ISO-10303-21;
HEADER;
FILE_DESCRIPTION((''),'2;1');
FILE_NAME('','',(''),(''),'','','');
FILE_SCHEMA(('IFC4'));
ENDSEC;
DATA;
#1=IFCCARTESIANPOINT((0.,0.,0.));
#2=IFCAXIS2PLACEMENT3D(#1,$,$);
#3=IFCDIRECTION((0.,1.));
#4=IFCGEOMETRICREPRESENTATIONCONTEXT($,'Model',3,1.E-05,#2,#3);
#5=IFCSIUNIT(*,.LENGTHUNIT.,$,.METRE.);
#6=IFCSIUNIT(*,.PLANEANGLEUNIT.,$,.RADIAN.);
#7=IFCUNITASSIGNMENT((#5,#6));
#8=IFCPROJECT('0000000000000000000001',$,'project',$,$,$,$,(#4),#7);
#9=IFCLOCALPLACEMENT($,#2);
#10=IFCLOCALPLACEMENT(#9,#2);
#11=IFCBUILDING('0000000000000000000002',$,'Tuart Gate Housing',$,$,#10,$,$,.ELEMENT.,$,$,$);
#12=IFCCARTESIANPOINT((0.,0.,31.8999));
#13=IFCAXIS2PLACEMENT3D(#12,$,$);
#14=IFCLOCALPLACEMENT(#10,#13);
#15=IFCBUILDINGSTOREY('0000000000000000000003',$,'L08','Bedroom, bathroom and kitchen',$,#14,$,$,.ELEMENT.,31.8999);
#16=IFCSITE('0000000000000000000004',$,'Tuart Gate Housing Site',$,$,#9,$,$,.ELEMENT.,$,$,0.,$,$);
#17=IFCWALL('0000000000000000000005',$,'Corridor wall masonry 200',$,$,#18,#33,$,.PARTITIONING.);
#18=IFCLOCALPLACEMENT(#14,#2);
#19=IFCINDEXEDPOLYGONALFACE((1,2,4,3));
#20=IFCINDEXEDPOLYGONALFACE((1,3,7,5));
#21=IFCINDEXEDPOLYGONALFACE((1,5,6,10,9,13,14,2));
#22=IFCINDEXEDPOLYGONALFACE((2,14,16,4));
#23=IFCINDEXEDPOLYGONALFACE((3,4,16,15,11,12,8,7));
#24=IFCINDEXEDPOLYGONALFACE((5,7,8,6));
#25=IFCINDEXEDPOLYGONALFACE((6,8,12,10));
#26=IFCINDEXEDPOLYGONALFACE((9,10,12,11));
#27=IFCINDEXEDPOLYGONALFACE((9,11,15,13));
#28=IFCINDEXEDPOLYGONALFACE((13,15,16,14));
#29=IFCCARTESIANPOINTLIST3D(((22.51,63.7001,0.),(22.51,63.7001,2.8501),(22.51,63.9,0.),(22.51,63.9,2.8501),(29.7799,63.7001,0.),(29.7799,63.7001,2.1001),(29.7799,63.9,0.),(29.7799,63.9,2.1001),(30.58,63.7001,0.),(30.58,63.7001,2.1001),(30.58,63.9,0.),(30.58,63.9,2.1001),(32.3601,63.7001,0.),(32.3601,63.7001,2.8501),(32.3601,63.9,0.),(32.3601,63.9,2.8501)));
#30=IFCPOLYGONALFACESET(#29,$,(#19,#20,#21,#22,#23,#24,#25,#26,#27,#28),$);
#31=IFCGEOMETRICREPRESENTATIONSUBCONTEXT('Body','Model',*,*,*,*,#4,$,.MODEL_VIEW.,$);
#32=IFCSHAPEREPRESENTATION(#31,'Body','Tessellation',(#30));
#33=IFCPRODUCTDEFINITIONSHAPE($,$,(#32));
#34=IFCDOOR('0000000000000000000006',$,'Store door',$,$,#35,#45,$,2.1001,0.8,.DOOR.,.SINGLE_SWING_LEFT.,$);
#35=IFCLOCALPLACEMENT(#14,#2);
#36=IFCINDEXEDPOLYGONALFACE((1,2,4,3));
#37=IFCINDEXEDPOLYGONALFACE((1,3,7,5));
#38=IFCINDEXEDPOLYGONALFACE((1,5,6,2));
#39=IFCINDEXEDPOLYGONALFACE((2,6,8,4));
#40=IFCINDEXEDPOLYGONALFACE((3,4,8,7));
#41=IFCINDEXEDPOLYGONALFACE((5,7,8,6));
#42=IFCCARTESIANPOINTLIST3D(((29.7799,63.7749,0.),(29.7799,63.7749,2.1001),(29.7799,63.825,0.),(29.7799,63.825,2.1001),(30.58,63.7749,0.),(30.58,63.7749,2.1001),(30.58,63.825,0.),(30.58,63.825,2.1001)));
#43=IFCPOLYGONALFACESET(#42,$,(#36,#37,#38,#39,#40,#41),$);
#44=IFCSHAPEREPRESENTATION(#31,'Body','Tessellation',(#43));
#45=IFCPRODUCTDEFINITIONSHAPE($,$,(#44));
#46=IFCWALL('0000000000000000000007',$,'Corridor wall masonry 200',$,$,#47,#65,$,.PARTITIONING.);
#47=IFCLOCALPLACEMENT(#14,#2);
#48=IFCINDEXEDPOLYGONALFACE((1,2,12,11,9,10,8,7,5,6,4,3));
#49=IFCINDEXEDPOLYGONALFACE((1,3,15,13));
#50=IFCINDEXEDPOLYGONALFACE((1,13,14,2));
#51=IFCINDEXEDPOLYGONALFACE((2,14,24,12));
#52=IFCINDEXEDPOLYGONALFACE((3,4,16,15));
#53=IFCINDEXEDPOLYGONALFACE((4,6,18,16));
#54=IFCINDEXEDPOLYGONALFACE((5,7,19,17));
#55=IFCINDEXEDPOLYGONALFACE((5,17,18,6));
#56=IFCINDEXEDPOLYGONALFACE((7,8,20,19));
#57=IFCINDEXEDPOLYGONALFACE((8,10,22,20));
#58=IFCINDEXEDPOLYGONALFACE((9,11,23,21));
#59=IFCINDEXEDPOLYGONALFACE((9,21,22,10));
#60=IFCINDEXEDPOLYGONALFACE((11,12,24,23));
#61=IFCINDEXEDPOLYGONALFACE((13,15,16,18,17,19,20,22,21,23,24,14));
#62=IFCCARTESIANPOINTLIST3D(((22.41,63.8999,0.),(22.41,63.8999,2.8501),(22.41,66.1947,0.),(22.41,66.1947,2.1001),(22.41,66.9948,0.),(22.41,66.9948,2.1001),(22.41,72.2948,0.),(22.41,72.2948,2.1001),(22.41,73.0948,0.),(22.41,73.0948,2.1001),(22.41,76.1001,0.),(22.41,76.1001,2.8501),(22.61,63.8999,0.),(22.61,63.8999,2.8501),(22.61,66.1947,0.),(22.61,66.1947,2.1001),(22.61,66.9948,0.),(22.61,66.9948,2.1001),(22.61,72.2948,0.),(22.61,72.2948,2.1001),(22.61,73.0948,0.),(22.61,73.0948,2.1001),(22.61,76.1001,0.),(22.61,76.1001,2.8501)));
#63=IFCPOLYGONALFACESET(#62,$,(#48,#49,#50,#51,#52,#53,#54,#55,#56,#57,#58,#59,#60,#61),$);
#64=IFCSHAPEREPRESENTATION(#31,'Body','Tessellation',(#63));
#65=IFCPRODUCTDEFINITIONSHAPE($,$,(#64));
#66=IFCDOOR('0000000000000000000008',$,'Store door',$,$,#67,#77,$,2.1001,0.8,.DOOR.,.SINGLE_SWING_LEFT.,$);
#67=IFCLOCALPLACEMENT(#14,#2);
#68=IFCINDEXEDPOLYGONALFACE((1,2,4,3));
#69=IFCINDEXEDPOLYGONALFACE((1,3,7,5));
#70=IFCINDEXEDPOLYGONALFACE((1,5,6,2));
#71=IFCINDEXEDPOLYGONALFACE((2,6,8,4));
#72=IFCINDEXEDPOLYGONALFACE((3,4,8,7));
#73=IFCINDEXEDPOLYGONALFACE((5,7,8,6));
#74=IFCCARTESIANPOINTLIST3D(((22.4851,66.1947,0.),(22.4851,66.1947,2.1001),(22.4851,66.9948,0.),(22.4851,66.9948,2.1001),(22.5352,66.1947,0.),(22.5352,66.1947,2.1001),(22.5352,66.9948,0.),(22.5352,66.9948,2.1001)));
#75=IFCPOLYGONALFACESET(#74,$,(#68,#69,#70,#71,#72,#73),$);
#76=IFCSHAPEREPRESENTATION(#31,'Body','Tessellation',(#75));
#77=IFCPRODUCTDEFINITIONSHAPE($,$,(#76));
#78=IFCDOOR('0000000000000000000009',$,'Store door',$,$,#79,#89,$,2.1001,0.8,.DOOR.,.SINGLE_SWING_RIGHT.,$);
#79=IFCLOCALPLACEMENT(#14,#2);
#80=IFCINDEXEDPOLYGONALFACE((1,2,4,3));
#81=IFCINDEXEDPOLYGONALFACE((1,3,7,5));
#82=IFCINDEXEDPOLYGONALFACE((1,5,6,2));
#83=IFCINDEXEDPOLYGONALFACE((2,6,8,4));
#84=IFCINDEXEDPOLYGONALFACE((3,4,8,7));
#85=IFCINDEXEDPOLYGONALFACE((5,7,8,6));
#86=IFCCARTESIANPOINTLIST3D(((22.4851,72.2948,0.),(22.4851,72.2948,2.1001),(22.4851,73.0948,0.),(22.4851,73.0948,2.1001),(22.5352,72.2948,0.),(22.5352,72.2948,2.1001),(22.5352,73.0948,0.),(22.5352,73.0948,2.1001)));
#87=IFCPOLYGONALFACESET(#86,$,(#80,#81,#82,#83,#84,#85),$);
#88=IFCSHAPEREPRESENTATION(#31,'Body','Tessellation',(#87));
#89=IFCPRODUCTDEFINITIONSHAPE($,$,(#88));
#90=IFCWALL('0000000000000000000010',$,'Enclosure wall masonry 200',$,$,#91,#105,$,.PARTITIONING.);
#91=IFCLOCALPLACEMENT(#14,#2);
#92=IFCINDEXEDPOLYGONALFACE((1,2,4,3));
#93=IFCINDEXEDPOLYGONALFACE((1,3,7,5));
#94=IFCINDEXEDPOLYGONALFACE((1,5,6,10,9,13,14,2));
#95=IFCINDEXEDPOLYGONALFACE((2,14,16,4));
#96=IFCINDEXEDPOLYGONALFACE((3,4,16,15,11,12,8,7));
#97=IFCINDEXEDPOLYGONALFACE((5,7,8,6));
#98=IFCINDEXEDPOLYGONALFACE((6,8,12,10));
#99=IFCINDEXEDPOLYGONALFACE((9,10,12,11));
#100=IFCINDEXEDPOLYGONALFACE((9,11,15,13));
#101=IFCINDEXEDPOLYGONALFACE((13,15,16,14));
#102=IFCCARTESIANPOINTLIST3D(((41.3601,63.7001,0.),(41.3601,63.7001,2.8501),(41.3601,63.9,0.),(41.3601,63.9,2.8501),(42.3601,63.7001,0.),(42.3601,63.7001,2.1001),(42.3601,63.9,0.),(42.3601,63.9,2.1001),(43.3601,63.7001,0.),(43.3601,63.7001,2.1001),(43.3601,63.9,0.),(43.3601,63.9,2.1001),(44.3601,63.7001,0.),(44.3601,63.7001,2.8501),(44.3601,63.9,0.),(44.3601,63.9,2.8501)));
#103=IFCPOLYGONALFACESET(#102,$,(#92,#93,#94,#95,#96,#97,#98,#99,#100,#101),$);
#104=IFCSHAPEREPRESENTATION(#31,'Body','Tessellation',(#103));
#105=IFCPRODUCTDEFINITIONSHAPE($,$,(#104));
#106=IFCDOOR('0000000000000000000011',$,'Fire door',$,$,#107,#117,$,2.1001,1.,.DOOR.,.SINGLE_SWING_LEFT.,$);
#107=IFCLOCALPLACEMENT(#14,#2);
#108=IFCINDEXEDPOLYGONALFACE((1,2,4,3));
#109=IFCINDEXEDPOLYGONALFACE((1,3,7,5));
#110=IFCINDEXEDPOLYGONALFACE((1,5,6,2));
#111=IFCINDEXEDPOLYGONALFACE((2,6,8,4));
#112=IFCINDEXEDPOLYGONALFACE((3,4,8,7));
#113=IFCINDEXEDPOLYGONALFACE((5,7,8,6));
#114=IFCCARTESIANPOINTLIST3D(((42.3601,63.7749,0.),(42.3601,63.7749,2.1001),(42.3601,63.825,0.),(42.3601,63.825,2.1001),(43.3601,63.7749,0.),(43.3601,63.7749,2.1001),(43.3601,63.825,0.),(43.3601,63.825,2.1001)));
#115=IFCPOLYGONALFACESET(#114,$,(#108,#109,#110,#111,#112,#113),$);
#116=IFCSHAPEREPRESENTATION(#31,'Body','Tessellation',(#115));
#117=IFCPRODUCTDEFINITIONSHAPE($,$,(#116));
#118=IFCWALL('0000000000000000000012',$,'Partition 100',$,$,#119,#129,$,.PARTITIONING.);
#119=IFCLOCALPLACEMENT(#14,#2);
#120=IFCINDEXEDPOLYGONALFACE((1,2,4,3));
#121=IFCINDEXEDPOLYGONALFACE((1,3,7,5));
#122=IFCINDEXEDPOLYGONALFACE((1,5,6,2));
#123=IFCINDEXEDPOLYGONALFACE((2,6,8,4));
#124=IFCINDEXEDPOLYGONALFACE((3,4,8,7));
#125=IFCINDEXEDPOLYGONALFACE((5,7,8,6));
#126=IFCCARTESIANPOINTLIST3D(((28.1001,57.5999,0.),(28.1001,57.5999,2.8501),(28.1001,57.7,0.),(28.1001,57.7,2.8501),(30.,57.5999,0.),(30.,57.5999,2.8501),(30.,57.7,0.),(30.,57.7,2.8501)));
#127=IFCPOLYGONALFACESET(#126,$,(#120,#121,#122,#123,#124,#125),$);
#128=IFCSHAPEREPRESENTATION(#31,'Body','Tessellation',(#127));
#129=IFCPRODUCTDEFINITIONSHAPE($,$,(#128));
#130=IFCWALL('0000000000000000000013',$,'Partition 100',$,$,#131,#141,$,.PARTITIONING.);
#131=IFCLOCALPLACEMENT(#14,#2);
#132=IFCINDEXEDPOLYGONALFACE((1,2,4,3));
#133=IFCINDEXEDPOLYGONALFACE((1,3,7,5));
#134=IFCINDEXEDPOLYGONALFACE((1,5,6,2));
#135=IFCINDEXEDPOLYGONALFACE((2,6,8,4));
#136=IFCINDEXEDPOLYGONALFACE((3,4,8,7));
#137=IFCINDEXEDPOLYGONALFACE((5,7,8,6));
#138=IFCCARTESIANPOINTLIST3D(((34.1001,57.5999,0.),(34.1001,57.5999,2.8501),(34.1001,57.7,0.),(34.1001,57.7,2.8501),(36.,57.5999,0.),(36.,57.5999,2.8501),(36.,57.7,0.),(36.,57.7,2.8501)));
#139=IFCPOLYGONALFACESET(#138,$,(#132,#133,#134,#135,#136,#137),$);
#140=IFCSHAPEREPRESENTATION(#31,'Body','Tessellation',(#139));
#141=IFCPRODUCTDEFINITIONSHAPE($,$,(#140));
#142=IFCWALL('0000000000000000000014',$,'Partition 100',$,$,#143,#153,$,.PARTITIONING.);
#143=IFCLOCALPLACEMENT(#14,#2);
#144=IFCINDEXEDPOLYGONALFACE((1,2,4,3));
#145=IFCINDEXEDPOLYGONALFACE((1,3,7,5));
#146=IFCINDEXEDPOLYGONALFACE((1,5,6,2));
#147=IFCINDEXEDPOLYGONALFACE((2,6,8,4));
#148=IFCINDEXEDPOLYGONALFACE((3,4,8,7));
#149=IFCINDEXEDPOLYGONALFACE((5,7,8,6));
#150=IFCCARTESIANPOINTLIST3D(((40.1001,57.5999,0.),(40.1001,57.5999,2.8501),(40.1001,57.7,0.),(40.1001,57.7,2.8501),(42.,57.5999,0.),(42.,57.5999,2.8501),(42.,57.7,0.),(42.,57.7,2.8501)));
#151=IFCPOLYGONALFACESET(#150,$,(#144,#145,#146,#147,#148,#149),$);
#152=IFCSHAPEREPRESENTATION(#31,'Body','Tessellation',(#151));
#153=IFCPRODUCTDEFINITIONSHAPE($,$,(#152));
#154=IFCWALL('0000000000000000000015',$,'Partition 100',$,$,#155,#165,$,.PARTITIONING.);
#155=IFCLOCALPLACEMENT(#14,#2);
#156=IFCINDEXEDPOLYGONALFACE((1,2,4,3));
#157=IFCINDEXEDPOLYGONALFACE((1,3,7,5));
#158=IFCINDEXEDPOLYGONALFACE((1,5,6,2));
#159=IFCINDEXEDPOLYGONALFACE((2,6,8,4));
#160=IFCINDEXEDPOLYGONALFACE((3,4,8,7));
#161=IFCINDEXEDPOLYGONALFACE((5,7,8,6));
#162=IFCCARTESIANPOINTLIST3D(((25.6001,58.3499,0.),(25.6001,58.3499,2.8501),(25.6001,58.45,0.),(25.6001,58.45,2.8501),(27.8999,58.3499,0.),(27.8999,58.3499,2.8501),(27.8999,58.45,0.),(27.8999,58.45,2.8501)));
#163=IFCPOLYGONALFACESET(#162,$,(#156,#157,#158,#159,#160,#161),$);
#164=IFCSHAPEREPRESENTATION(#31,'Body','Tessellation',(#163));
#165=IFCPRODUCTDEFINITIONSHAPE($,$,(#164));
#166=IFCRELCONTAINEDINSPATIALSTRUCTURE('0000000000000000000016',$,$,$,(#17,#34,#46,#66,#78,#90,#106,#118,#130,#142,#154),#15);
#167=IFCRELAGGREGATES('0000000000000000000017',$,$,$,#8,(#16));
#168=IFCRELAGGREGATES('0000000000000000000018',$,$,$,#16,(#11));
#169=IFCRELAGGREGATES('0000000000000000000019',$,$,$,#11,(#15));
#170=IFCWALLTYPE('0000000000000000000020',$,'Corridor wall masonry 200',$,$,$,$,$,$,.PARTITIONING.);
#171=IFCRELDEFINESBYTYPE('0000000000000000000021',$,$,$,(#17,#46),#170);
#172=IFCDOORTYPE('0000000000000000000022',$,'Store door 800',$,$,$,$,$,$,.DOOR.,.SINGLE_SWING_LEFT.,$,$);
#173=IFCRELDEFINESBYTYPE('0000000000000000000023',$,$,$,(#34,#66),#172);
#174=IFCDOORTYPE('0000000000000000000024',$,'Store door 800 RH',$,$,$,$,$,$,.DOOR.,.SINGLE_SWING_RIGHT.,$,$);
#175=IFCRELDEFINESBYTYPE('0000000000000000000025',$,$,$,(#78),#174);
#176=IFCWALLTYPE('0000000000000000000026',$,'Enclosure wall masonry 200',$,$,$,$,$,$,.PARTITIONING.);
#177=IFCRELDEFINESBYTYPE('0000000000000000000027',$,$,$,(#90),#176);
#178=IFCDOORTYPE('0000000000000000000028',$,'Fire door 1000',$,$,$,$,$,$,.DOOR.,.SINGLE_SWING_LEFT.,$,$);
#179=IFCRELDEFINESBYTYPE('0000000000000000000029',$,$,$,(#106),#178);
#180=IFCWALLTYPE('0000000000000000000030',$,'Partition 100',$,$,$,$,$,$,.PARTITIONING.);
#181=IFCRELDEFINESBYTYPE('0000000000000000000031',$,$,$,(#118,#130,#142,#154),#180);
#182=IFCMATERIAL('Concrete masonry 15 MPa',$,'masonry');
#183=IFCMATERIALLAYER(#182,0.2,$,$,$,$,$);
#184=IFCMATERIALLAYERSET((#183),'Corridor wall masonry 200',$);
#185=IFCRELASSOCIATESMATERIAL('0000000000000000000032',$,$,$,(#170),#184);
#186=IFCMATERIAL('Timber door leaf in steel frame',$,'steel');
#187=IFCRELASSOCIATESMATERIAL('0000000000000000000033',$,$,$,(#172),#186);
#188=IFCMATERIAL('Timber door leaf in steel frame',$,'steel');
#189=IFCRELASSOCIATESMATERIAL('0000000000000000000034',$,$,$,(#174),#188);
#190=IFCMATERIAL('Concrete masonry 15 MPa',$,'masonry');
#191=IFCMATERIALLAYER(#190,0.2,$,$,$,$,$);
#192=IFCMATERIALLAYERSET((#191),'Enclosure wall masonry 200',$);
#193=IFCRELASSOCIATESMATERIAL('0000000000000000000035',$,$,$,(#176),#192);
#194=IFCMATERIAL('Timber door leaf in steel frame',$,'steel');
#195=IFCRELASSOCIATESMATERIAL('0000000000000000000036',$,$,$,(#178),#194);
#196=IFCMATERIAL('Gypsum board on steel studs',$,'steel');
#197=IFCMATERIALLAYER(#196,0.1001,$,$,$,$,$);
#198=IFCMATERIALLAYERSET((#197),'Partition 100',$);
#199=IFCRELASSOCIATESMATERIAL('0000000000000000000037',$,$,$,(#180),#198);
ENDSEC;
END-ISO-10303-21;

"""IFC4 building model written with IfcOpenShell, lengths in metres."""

from ifc_helpers import new_model, si_unit, direction, frame, frame_2d, origin, place, context, subcontext, project, spatial, rectangle, extrude, material, layer, layer_set, type_object, element, fill, save


model = new_model("IFC4")

# Units and contexts
model_context = context("Model", 3, precision=1e-05, world=origin(), true_north=direction((0.0, 1.0)))
body_context = subcontext(model_context, "Body", "Model", "MODEL_VIEW")
ifc_project = project(units=[si_unit("LENGTHUNIT", "METRE"), si_unit("PLANEANGLEUNIT", "RADIAN")], contexts=[model_context])

# Site, building, storey
site_placement = place(None, origin())
site = spatial("IfcSite", under=ifc_project, at=site_placement, Name="Tuart Gate Housing Site", CompositionType="ELEMENT", RefElevation=0.0)
building_placement = place(site_placement, origin())
building = spatial("IfcBuilding", under=site, at=building_placement, Name="Tuart Gate Housing", CompositionType="ELEMENT")
storey_placement = place(building_placement, frame((0.0, 0.0, 31.8999)))
storey = spatial("IfcBuildingStorey", under=building, at=storey_placement, Name="L08", Description="Bedroom, bathroom and kitchen", CompositionType="ELEMENT", Elevation=31.8999)

# Shared definitions
ifc_material_1 = material(Name="Concrete masonry 15 MPa", Category="masonry")
ifc_layer_1 = layer(ifc_material_1, 0.2)
ifc_layer_set_1 = layer_set([ifc_layer_1], Name="Corridor wall masonry 200")
wall_type_1 = type_object("IfcWallType", Name="Corridor wall masonry 200", PredefinedType="PARTITIONING", material=ifc_layer_set_1)

# Wall, opening, door
wall_1_placement = place(storey_placement, frame((22.51, 63.8, 0.0), z_axis=(0.0, 0.0, 1.0), x_axis=(1.0, 0.0, 0.0)))
wall_1 = element("IfcWall", 1, at=wall_1_placement, inside=storey, type_object=wall_type_1, Name="Corridor wall masonry 200", PredefinedType="PARTITIONING", context=body_context, shape_type="SweptSolid", body=[
    extrude(rectangle(XDim=9.8501, YDim=0.2, at=frame_2d((4.925, 0.0))), origin(), (0.0, 0.0, 1.0), 2.8501),
])
opening_1_placement = place(wall_1_placement, frame((7.27, 0.0, 0.0)))
opening_1 = element("IfcOpeningElement", 2, at=opening_1_placement, cuts=wall_1, PredefinedType="OPENING", context=body_context, shape_type="SweptSolid", body=[
    extrude(rectangle(XDim=0.8, YDim=2.1001, at=frame_2d((0.3999, 1.05))), frame((0.0, 0.1099, 0.0), z_axis=(0.0, -1.0, 0.0), x_axis=(1.0, 0.0, 0.0)), (0.0, 0.0, 1.0), 0.22),
])
ifc_material_2 = material(Name="Timber door leaf in steel frame", Category="steel")
door_type_1 = type_object("IfcDoorType", Name="Store door 800", OperationType="SINGLE_SWING_LEFT", PredefinedType="DOOR", material=ifc_material_2)
door_1_placement = place(opening_1_placement, origin())
door_1 = element("IfcDoor", 3, at=door_1_placement, inside=storey, type_object=door_type_1, Name="Store door", OperationType="SINGLE_SWING_LEFT", OverallHeight=2.1001, OverallWidth=0.8, PredefinedType="DOOR", context=body_context, shape_type="SweptSolid", body=[
    extrude(rectangle(XDim=0.8, YDim=2.1001, at=frame_2d((0.3999, 1.05))), frame((0.0, 0.0249, 0.0), z_axis=(0.0, -1.0, 0.0), x_axis=(1.0, 0.0, 0.0)), (0.0, 0.0, 1.0), 0.05),
])
fill(opening_1, door_1)

# Wall, openings, doors
wall_2_placement = place(storey_placement, frame((22.51, 63.8999, 0.0), z_axis=(0.0, 0.0, 1.0), x_axis=(0.0, 1.0, 0.0)))
wall_2 = element("IfcWall", 4, at=wall_2_placement, inside=storey, type_object=wall_type_1, Name="Corridor wall masonry 200", PredefinedType="PARTITIONING", context=body_context, shape_type="SweptSolid", body=[
    extrude(rectangle(XDim=12.2002, YDim=0.2, at=frame_2d((6.1001, 0.0))), origin(), (0.0, 0.0, 1.0), 2.8501),
])
opening_2_placement = place(wall_2_placement, frame((2.2949, 0.0, 0.0)))
opening_2 = element("IfcOpeningElement", 5, at=opening_2_placement, cuts=wall_2, PredefinedType="OPENING", context=body_context, shape_type="SweptSolid", body=[
    extrude(rectangle(XDim=0.8, YDim=2.1001, at=frame_2d((0.3999, 1.05))), frame((0.0, 0.1099, 0.0), z_axis=(0.0, -1.0, 0.0), x_axis=(1.0, 0.0, 0.0)), (0.0, 0.0, 1.0), 0.22),
])
opening_3_placement = place(wall_2_placement, frame((8.395, 0.0, 0.0)))
opening_3 = element("IfcOpeningElement", 6, at=opening_3_placement, cuts=wall_2, PredefinedType="OPENING", context=body_context, shape_type="SweptSolid", body=[
    extrude(rectangle(XDim=0.8, YDim=2.1001, at=frame_2d((0.3999, 1.05))), frame((0.0, 0.1099, 0.0), z_axis=(0.0, -1.0, 0.0), x_axis=(1.0, 0.0, 0.0)), (0.0, 0.0, 1.0), 0.22),
])
door_2_placement = place(opening_2_placement, frame((0.8, 0.0, 0.0), z_axis=(0.0, 0.0, 1.0), x_axis=(-1.0, 0.0, 0.0)))
door_2 = element("IfcDoor", 7, at=door_2_placement, inside=storey, type_object=door_type_1, Name="Store door", OperationType="SINGLE_SWING_LEFT", OverallHeight=2.1001, OverallWidth=0.8, PredefinedType="DOOR", context=body_context, shape_type="SweptSolid", body=[
    extrude(rectangle(XDim=0.8, YDim=2.1001, at=frame_2d((0.4001, 1.05))), frame((0.0, 0.0251, 0.0), z_axis=(0.0, -1.0, 0.0), x_axis=(1.0, 0.0, 0.0)), (0.0, 0.0, 1.0), 0.05),
])
fill(opening_2, door_2)
ifc_material_3 = material(Name="Timber door leaf in steel frame", Category="steel")
door_type_2 = type_object("IfcDoorType", Name="Store door 800 RH", OperationType="SINGLE_SWING_RIGHT", PredefinedType="DOOR", material=ifc_material_3)
door_3_placement = place(opening_3_placement, frame((0.8, 0.0, 0.0), z_axis=(0.0, 0.0, 1.0), x_axis=(-1.0, 0.0, 0.0)))
door_3 = element("IfcDoor", 8, at=door_3_placement, inside=storey, type_object=door_type_2, Name="Store door", OperationType="SINGLE_SWING_RIGHT", OverallHeight=2.1001, OverallWidth=0.8, PredefinedType="DOOR", context=body_context, shape_type="SweptSolid", body=[
    extrude(rectangle(XDim=0.8, YDim=2.1001, at=frame_2d((0.4001, 1.05))), frame((0.0, 0.0251, 0.0), z_axis=(0.0, -1.0, 0.0), x_axis=(1.0, 0.0, 0.0)), (0.0, 0.0, 1.0), 0.05),
])
fill(opening_3, door_3)

# Wall, opening, door
ifc_material_4 = material(Name="Concrete masonry 15 MPa", Category="masonry")
ifc_layer_2 = layer(ifc_material_4, 0.2)
ifc_layer_set_2 = layer_set([ifc_layer_2], Name="Enclosure wall masonry 200")
wall_type_2 = type_object("IfcWallType", Name="Enclosure wall masonry 200", PredefinedType="PARTITIONING", material=ifc_layer_set_2)
wall_3_placement = place(storey_placement, frame((41.3601, 63.8, 0.0), z_axis=(0.0, 0.0, 1.0), x_axis=(1.0, 0.0, 0.0)))
wall_3 = element("IfcWall", 9, at=wall_3_placement, inside=storey, type_object=wall_type_2, Name="Enclosure wall masonry 200", PredefinedType="PARTITIONING", context=body_context, shape_type="SweptSolid", body=[
    extrude(rectangle(XDim=3.0, YDim=0.2, at=frame_2d((1.5, 0.0))), origin(), (0.0, 0.0, 1.0), 2.8501),
])
opening_4_placement = place(wall_3_placement, frame((1.0, 0.0, 0.0)))
opening_4 = element("IfcOpeningElement", 10, at=opening_4_placement, cuts=wall_3, PredefinedType="OPENING", context=body_context, shape_type="SweptSolid", body=[
    extrude(rectangle(XDim=1.0, YDim=2.1001, at=frame_2d((0.5, 1.05))), frame((0.0, 0.1099, 0.0), z_axis=(0.0, -1.0, 0.0), x_axis=(1.0, 0.0, 0.0)), (0.0, 0.0, 1.0), 0.22),
])
ifc_material_5 = material(Name="Timber door leaf in steel frame", Category="steel")
door_type_3 = type_object("IfcDoorType", Name="Fire door 1000", OperationType="SINGLE_SWING_LEFT", PredefinedType="DOOR", material=ifc_material_5)
door_4_placement = place(opening_4_placement, frame((1.0, 0.0, 0.0), z_axis=(0.0, 0.0, 1.0), x_axis=(-1.0, 0.0, 0.0)))
door_4 = element("IfcDoor", 11, at=door_4_placement, inside=storey, type_object=door_type_3, Name="Fire door", OperationType="SINGLE_SWING_LEFT", OverallHeight=2.1001, OverallWidth=1.0, PredefinedType="DOOR", context=body_context, shape_type="SweptSolid", body=[
    extrude(rectangle(XDim=1.0, YDim=2.1001, at=frame_2d((0.5, 1.05))), frame((0.0, 0.0251, 0.0), z_axis=(0.0, -1.0, 0.0), x_axis=(1.0, 0.0, 0.0)), (0.0, 0.0, 1.0), 0.05),
])
fill(opening_4, door_4)

# Walls
ifc_material_6 = material(Name="Gypsum board on steel studs", Category="steel")
ifc_layer_3 = layer(ifc_material_6, 0.1001)
ifc_layer_set_3 = layer_set([ifc_layer_3], Name="Partition 100")
wall_type_3 = type_object("IfcWallType", Name="Partition 100", PredefinedType="PARTITIONING", material=ifc_layer_set_3)
for number, where, z_axis, x_axis, name in (
    (12, (28.1001, 57.6499, 0.0), (0.0, 0.0, 1.0), (1.0, 0.0, 0.0), "Partition 100"),
    (13, (34.1001, 57.6499, 0.0), (0.0, 0.0, 1.0), (1.0, 0.0, 0.0), "Partition 100"),
    (14, (40.1001, 57.6499, 0.0), (0.0, 0.0, 1.0), (1.0, 0.0, 0.0), "Partition 100"),
):
    element("IfcWall", number, at=place(storey_placement, frame(where, z_axis=z_axis, x_axis=x_axis)), inside=storey, type_object=wall_type_3, Name=name, PredefinedType="PARTITIONING", context=body_context, shape_type="SweptSolid", body=[
        extrude(rectangle(XDim=1.8999, YDim=0.1001, at=frame_2d((0.95, 0.0))), origin(), (0.0, 0.0, 1.0), 2.8501),
    ])
wall_4_placement = place(storey_placement, frame((25.6001, 58.3999, 0.0), z_axis=(0.0, 0.0, 1.0), x_axis=(1.0, 0.0, 0.0)))
element("IfcWall", 15, at=wall_4_placement, inside=storey, type_object=wall_type_3, Name="Partition 100", PredefinedType="PARTITIONING", context=body_context, shape_type="SweptSolid", body=[
    extrude(rectangle(XDim=2.2998, YDim=0.1001, at=frame_2d((1.1499, 0.0))), origin(), (0.0, 0.0, 1.0), 2.8501),
])

save(model, "model.ifc")
